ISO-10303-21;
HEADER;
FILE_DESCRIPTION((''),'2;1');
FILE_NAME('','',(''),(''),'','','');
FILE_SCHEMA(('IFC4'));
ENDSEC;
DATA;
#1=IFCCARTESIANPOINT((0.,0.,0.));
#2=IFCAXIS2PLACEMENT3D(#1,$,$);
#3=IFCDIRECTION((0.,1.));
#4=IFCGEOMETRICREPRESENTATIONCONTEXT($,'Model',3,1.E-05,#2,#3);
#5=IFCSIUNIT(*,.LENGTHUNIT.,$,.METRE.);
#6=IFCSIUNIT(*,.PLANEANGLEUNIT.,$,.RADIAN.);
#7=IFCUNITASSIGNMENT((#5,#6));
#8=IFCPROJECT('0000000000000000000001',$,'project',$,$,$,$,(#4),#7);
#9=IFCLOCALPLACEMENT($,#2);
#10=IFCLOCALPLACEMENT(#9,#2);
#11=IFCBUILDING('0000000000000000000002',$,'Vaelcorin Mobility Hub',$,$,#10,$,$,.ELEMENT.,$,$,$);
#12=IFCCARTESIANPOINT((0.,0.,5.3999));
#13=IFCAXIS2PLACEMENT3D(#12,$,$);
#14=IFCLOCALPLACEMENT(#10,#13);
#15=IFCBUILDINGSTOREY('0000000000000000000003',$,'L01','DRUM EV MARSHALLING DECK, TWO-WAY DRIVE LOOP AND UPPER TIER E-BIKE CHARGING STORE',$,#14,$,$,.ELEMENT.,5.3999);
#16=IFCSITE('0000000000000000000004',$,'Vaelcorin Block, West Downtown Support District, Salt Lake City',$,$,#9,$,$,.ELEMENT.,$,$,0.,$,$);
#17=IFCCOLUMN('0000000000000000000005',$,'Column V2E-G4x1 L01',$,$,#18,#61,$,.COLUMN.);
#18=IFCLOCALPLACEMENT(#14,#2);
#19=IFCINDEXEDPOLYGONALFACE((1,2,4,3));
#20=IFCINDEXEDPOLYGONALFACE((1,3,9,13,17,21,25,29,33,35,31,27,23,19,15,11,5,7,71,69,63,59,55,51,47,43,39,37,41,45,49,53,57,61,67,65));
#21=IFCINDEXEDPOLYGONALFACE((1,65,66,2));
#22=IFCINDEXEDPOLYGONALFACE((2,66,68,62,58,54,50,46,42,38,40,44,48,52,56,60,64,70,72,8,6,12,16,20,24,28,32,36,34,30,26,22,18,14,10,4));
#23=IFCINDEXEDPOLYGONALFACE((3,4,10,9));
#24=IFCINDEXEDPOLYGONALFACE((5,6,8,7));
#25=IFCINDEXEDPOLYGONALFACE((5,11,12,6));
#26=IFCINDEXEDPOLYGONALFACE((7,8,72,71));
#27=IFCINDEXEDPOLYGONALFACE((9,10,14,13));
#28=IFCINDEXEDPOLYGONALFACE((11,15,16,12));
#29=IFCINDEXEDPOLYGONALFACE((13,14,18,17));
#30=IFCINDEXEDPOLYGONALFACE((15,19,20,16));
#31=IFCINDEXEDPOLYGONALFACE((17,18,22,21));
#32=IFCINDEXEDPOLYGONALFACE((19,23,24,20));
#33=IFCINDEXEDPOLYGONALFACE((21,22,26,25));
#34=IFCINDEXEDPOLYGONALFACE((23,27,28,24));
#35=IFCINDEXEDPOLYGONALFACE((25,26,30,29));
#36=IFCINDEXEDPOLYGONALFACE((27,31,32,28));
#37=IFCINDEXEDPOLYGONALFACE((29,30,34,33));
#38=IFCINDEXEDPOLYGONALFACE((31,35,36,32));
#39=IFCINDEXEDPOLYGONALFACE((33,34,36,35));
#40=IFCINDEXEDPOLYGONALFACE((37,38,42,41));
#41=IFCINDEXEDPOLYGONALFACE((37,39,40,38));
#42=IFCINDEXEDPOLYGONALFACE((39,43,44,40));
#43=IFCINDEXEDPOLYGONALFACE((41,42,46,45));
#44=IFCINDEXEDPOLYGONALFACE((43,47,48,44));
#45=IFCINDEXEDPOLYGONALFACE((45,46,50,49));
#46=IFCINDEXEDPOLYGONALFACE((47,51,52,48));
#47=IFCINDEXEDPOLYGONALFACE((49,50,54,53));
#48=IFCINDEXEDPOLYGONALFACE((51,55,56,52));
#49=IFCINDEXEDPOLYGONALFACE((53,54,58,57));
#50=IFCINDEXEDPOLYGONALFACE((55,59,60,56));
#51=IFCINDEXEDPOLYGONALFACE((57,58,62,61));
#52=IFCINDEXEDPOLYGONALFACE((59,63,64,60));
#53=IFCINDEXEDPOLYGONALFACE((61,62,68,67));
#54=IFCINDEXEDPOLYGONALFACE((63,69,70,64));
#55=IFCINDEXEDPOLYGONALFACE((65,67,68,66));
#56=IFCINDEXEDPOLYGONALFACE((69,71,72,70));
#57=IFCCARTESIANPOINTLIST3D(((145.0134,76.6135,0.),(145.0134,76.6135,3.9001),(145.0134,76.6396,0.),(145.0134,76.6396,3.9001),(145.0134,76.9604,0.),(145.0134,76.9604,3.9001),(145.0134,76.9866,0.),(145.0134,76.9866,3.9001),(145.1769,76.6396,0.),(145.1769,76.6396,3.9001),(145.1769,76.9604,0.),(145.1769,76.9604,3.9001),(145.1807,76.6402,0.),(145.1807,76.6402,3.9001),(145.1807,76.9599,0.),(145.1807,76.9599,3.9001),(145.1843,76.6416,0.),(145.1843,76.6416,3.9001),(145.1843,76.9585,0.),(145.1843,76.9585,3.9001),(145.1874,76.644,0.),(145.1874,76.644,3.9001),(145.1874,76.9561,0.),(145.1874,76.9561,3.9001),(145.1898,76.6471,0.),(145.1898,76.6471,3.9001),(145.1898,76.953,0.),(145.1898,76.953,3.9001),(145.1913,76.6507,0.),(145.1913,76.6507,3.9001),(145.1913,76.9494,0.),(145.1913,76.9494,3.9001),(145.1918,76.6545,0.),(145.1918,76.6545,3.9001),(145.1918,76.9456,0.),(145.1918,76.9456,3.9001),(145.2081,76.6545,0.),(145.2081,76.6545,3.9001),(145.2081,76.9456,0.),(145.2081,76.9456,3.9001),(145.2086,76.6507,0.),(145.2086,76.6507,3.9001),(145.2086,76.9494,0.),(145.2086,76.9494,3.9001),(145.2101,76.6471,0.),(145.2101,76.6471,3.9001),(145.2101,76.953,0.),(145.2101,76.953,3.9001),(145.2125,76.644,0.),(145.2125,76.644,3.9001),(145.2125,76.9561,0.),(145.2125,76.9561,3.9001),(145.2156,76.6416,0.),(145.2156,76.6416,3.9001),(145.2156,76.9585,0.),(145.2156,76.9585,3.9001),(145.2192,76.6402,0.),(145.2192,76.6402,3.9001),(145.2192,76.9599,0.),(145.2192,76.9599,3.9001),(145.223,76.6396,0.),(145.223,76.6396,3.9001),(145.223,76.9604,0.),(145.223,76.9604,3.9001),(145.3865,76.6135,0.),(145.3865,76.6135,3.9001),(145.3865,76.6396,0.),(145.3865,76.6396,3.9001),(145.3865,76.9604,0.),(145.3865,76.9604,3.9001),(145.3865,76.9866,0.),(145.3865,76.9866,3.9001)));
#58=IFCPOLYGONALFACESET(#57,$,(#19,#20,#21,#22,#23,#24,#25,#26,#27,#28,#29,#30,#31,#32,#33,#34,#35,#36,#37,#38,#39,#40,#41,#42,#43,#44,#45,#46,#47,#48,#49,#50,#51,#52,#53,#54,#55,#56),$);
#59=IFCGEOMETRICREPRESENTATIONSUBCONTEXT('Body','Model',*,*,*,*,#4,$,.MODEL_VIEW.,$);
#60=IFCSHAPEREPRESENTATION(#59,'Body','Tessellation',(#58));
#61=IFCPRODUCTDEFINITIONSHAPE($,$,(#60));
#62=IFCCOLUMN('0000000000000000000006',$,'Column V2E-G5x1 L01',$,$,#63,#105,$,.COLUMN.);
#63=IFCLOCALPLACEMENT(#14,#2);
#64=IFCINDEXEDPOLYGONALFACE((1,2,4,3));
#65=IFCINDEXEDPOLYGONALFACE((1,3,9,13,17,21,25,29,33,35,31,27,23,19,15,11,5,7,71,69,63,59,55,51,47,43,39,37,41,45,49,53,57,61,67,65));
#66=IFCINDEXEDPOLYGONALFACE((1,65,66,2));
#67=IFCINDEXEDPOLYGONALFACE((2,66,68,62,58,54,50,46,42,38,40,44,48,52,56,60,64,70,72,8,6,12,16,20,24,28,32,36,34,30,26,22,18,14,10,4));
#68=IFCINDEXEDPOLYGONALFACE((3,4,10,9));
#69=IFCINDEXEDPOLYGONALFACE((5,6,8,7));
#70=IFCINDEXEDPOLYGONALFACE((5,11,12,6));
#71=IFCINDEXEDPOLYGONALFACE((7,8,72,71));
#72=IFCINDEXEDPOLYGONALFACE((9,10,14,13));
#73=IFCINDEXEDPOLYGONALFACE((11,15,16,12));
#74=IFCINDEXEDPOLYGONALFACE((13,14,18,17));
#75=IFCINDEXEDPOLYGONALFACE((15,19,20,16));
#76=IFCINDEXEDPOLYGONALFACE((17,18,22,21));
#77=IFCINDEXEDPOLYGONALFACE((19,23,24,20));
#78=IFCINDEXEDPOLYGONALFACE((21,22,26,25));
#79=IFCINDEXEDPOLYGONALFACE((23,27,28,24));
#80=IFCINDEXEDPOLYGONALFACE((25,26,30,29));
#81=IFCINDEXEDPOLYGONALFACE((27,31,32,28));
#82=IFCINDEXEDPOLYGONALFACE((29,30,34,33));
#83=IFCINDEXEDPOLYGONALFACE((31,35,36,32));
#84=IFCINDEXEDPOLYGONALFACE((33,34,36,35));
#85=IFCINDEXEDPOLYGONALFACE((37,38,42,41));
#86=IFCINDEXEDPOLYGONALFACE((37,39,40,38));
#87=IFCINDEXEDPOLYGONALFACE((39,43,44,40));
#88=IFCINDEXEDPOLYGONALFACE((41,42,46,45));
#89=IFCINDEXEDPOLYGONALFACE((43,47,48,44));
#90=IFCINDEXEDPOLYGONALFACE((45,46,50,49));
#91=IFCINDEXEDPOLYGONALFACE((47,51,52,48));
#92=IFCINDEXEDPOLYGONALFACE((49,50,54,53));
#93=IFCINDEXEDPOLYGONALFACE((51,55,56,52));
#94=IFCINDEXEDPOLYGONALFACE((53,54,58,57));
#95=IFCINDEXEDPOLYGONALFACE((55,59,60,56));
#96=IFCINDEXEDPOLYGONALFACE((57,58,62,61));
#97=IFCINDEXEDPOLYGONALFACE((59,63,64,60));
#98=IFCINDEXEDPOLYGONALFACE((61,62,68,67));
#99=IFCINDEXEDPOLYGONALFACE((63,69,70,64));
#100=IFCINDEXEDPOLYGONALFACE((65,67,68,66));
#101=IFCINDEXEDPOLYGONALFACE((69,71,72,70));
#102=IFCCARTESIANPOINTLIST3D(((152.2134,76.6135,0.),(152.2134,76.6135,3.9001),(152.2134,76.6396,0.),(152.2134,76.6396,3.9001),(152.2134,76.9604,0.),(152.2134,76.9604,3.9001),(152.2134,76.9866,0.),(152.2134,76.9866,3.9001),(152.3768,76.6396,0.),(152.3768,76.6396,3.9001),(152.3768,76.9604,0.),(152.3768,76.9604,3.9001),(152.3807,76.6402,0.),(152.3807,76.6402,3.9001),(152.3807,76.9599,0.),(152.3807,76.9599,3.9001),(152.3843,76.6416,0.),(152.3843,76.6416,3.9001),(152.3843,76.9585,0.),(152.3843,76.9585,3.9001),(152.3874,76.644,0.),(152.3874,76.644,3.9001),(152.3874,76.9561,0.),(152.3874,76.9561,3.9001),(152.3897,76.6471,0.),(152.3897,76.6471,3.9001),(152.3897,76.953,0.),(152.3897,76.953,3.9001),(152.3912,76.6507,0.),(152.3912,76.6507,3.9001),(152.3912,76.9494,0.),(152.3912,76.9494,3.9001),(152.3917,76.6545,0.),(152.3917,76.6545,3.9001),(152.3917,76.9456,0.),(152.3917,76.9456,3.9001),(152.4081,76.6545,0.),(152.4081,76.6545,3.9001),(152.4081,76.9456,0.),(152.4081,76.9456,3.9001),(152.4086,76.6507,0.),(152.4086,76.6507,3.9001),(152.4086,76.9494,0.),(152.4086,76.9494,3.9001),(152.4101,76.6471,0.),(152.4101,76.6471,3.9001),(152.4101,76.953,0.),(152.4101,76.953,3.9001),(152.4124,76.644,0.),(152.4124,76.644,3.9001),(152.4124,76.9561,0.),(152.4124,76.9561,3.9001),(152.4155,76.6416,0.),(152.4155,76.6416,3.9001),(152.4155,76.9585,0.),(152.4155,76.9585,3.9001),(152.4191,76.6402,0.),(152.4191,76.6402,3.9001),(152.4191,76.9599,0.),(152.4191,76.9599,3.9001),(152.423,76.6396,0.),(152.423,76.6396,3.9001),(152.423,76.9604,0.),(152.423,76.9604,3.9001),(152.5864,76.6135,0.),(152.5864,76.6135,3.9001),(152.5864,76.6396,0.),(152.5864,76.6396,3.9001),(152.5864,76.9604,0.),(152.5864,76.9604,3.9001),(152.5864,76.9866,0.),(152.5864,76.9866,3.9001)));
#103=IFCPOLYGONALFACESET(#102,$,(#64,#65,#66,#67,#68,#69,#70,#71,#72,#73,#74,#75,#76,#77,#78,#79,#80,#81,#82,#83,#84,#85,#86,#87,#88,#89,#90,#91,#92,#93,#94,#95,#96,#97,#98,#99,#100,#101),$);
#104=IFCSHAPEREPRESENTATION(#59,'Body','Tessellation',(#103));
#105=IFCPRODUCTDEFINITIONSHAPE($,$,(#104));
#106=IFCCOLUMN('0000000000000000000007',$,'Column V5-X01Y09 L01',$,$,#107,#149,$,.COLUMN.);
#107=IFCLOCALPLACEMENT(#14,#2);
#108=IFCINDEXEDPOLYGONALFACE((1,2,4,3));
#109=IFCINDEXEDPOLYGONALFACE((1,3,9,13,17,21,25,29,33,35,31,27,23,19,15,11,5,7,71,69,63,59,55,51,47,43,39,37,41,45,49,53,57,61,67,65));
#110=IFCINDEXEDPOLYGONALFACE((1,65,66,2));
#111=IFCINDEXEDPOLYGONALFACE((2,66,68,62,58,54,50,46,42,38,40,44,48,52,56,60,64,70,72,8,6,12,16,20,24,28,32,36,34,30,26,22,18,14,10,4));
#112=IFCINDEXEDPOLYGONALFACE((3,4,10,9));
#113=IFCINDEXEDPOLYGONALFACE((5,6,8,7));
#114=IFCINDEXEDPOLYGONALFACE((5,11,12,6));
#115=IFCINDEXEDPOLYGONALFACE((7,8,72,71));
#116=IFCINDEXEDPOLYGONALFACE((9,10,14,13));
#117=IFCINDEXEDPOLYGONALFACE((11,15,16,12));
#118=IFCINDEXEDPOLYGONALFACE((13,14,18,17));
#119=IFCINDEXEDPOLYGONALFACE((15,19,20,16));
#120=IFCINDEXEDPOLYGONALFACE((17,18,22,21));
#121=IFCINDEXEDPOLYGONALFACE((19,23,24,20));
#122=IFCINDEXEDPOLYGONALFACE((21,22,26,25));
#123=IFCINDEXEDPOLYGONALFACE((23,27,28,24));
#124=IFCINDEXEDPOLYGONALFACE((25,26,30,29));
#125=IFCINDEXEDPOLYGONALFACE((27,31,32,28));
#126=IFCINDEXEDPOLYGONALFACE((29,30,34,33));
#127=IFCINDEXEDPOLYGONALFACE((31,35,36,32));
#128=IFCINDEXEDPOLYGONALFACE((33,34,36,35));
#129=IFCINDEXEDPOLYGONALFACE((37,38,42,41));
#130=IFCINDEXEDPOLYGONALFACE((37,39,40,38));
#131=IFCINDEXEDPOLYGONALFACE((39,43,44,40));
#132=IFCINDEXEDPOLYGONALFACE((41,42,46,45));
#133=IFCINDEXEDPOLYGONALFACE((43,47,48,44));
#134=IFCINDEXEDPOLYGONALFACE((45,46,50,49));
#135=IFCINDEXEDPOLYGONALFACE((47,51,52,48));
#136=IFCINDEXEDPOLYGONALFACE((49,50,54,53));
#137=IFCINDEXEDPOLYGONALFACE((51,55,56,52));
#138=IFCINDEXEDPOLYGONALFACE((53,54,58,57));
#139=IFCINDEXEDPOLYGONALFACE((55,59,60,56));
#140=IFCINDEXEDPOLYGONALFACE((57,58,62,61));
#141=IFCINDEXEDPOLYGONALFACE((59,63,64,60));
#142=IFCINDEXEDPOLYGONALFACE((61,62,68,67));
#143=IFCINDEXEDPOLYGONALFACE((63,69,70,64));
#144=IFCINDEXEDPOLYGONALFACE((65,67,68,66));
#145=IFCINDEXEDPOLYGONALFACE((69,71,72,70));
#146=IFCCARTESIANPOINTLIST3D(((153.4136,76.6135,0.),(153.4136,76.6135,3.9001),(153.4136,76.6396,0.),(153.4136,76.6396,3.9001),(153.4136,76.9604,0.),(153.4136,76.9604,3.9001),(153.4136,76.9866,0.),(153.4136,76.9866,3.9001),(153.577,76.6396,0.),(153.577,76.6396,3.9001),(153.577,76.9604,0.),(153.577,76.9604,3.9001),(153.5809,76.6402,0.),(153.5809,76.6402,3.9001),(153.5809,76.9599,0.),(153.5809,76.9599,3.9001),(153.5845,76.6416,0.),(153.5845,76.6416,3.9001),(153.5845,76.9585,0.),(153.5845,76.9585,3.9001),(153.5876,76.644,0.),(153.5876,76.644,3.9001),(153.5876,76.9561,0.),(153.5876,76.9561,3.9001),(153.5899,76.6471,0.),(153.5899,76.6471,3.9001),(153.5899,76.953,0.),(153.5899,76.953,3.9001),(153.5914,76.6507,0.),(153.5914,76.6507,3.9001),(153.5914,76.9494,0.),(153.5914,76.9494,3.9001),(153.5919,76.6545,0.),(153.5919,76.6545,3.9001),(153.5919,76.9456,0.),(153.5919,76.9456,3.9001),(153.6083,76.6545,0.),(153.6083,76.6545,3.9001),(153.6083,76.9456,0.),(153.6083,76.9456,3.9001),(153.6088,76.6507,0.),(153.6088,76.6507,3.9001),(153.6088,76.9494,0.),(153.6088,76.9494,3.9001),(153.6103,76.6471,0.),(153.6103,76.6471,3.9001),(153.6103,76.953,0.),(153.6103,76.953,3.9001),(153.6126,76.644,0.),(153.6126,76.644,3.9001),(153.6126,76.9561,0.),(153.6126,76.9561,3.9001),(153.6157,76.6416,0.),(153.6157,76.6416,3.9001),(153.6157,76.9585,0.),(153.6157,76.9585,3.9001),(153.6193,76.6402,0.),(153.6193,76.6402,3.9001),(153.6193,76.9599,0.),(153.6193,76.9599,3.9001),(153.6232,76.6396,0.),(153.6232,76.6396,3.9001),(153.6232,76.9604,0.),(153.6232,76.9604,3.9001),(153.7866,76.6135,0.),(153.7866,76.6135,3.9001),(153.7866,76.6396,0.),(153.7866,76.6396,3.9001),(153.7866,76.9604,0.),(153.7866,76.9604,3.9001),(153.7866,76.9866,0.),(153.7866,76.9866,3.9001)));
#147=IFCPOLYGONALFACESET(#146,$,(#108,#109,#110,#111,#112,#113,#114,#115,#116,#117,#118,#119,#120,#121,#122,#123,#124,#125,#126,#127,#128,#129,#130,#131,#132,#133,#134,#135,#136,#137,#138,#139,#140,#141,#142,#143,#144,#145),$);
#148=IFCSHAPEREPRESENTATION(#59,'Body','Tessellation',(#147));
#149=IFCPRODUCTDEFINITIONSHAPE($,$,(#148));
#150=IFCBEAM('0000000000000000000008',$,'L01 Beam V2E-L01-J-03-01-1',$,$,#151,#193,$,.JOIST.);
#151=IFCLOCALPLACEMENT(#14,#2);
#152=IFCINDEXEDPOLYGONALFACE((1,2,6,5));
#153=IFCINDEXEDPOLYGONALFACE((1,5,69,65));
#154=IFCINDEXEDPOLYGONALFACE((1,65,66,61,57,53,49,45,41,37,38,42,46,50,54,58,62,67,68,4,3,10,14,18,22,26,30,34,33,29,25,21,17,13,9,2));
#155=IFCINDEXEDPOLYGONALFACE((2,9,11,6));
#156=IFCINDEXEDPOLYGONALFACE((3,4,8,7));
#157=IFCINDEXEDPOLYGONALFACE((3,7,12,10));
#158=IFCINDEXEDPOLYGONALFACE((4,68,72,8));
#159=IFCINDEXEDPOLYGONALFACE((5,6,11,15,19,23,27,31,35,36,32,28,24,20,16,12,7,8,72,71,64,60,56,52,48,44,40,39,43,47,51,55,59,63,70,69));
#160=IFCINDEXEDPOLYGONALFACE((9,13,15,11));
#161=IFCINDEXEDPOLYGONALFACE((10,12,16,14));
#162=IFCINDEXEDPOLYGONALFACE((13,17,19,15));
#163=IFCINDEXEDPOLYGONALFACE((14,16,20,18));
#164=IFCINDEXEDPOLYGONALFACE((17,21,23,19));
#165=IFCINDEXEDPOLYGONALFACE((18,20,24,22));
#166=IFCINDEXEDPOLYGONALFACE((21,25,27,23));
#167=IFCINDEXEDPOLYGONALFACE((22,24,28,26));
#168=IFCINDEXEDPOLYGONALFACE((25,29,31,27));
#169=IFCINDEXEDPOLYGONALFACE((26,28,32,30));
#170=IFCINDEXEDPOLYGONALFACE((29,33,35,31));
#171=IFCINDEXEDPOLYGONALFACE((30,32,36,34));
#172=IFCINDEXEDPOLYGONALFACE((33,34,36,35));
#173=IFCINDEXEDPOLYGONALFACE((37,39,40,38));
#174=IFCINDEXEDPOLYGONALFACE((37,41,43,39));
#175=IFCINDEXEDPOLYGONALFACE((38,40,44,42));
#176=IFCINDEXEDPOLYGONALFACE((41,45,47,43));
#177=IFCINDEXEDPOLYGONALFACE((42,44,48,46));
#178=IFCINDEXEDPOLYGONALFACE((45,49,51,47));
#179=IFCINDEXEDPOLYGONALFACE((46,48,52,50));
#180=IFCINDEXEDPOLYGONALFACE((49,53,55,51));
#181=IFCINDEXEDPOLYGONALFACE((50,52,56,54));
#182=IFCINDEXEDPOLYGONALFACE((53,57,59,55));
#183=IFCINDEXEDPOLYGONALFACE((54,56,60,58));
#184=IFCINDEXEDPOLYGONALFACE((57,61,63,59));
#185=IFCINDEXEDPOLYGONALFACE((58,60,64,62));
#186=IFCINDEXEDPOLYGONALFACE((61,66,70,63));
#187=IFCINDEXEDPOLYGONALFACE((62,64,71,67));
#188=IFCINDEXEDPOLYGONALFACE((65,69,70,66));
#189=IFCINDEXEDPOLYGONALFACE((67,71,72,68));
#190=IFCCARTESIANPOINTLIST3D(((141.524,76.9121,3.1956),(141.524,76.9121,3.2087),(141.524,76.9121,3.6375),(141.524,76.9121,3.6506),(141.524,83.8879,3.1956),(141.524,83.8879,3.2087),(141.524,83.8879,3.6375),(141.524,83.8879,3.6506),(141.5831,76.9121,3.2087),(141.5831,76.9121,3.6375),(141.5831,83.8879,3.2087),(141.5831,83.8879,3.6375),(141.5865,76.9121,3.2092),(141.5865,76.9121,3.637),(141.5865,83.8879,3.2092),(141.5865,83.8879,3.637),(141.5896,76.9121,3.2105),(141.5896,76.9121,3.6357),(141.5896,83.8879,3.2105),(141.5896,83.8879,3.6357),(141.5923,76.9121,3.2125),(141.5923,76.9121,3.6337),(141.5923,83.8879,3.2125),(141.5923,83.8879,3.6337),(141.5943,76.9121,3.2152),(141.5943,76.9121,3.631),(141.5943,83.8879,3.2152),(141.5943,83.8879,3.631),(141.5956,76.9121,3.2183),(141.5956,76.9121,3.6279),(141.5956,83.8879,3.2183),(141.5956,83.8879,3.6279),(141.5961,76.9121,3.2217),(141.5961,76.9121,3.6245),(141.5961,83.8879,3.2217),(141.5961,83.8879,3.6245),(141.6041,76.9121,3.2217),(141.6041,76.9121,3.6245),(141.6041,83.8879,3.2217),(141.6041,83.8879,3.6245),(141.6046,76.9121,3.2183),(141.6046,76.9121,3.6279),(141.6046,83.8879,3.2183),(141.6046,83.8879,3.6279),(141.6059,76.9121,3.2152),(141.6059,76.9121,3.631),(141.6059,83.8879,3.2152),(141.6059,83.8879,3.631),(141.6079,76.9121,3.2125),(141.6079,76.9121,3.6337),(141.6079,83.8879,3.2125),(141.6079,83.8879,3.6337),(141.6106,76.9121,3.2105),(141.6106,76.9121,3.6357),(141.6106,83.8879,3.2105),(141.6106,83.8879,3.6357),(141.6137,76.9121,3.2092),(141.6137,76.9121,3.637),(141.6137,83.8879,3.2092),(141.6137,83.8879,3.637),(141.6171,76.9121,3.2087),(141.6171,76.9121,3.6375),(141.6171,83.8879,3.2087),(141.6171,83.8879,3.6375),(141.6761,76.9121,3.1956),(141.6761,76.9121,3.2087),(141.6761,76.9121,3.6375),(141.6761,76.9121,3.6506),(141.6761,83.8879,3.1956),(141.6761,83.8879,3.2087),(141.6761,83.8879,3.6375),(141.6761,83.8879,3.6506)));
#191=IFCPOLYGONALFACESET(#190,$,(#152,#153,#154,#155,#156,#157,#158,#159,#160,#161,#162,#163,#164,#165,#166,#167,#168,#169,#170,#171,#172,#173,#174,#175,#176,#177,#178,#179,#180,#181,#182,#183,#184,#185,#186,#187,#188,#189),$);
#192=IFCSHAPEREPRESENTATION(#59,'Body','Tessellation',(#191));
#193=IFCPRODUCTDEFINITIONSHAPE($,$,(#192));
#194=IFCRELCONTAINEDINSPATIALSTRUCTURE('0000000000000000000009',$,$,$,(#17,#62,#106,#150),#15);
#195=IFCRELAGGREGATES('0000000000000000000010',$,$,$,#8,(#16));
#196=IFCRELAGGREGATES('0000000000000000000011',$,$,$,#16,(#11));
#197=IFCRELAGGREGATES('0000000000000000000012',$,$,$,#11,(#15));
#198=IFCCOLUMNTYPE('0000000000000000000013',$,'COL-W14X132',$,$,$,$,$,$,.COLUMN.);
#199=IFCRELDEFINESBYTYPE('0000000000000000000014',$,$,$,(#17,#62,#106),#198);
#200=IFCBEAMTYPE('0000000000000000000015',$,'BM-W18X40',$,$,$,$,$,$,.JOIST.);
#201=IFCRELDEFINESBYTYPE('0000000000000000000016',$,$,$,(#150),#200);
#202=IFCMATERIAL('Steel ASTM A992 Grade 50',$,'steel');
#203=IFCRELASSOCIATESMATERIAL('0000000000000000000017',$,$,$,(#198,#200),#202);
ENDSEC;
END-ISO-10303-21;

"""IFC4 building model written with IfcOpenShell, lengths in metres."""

from ifc_helpers import new_model, si_unit, direction, frame, origin, origin_2d, place, context, subcontext, project, spatial, i_section, extrude, material, material_profile, profile_set, type_object, element, save


model = new_model("IFC4")

# Units and contexts
model_context = context("Model", 3, precision=1e-05, world=origin(), true_north=direction((0.0, 1.0)))
body_context = subcontext(model_context, "Body", "Model", "MODEL_VIEW")
ifc_project = project(units=[si_unit("LENGTHUNIT", "METRE"), si_unit("PLANEANGLEUNIT", "RADIAN")], contexts=[model_context])

# Site, building, storey
site_placement = place(None, origin())
site = spatial("IfcSite", under=ifc_project, at=site_placement, Name="Vaelcorin Block, West Downtown Support District, Salt Lake City", CompositionType="ELEMENT", RefElevation=0.0)
building_placement = place(site_placement, origin())
building = spatial("IfcBuilding", under=site, at=building_placement, Name="Vaelcorin Mobility Hub", CompositionType="ELEMENT")
storey_placement = place(building_placement, frame((0.0, 0.0, 5.3999)))
storey = spatial("IfcBuildingStorey", under=building, at=storey_placement, Name="L01", Description="DRUM EV MARSHALLING DECK, TWO-WAY DRIVE LOOP AND UPPER TIER E-BIKE CHARGING STORE", CompositionType="ELEMENT", Elevation=5.3999)

# Columns
ifc_material_1 = material(Name="Steel ASTM A992 Grade 50", Category="steel")
ifc_material_profile_1 = material_profile(ifc_material_1, i_section(OverallWidth=0.373, OverallDepth=0.373, WebThickness=0.0164, FlangeThickness=0.0261, FilletRadius=0.0149, at=origin_2d()), Name="W14X132")
ifc_profile_set_1 = profile_set([ifc_material_profile_1], Name="Steel ASTM A992 Grade 50")
column_type = type_object("IfcColumnType", Name="COL-W14X132", PredefinedType="COLUMN", material=ifc_profile_set_1)
for number, where, z_axis, x_axis, name in (
    (1, (145.2, 76.8, 0.0), (0.0, 0.0, 1.0), (1.0, 0.0, 0.0), "Column V2E-G4x1 L01"),
    (2, (152.3999, 76.8, 0.0), (0.0, 0.0, 1.0), (1.0, 0.0, 0.0), "Column V2E-G5x1 L01"),
    (3, (153.6001, 76.8, 0.0), (0.0, 0.0, 1.0), (1.0, 0.0, 0.0), "Column V5-X01Y09 L01"),
):
    element("IfcColumn", number, at=place(storey_placement, frame(where, z_axis=z_axis, x_axis=x_axis)), inside=storey, type_object=column_type, Name=name, PredefinedType="COLUMN", context=body_context, shape_type="SweptSolid", body=[
        extrude(i_section(OverallWidth=0.373, OverallDepth=0.373, WebThickness=0.0164, FlangeThickness=0.0261, FilletRadius=0.0149, at=origin_2d()), origin(), (0.0, 0.0, 1.0), 3.9001),
    ])

# Beam
ifc_material_profile_2 = material_profile(ifc_material_1, i_section(OverallWidth=0.1521, OverallDepth=0.4551, WebThickness=0.0081, FlangeThickness=0.0132, FilletRadius=0.0129, at=origin_2d()), Name="W18X40")
ifc_profile_set_2 = profile_set([ifc_material_profile_2], Name="Steel ASTM A992 Grade 50")
beam_type_1 = type_object("IfcBeamType", Name="BM-W18X40", PredefinedType="JOIST", material=ifc_profile_set_2)
beam_1_placement = place(storey_placement, frame((141.6001, 76.9121, 3.4231), z_axis=(0.0, 1.0, 0.0), x_axis=(-1.0, 0.0, 0.0)))
element("IfcBeam", 4, at=beam_1_placement, inside=storey, type_object=beam_type_1, Name="L01 Beam V2E-L01-J-03-01-1", PredefinedType="JOIST", context=body_context, shape_type="SweptSolid", body=[
    extrude(i_section(OverallWidth=0.1521, OverallDepth=0.4551, WebThickness=0.0081, FlangeThickness=0.0132, FilletRadius=0.0129, at=origin_2d()), origin(), (0.0, 0.0, 1.0), 6.9758),
])

save(model, "model.ifc")
